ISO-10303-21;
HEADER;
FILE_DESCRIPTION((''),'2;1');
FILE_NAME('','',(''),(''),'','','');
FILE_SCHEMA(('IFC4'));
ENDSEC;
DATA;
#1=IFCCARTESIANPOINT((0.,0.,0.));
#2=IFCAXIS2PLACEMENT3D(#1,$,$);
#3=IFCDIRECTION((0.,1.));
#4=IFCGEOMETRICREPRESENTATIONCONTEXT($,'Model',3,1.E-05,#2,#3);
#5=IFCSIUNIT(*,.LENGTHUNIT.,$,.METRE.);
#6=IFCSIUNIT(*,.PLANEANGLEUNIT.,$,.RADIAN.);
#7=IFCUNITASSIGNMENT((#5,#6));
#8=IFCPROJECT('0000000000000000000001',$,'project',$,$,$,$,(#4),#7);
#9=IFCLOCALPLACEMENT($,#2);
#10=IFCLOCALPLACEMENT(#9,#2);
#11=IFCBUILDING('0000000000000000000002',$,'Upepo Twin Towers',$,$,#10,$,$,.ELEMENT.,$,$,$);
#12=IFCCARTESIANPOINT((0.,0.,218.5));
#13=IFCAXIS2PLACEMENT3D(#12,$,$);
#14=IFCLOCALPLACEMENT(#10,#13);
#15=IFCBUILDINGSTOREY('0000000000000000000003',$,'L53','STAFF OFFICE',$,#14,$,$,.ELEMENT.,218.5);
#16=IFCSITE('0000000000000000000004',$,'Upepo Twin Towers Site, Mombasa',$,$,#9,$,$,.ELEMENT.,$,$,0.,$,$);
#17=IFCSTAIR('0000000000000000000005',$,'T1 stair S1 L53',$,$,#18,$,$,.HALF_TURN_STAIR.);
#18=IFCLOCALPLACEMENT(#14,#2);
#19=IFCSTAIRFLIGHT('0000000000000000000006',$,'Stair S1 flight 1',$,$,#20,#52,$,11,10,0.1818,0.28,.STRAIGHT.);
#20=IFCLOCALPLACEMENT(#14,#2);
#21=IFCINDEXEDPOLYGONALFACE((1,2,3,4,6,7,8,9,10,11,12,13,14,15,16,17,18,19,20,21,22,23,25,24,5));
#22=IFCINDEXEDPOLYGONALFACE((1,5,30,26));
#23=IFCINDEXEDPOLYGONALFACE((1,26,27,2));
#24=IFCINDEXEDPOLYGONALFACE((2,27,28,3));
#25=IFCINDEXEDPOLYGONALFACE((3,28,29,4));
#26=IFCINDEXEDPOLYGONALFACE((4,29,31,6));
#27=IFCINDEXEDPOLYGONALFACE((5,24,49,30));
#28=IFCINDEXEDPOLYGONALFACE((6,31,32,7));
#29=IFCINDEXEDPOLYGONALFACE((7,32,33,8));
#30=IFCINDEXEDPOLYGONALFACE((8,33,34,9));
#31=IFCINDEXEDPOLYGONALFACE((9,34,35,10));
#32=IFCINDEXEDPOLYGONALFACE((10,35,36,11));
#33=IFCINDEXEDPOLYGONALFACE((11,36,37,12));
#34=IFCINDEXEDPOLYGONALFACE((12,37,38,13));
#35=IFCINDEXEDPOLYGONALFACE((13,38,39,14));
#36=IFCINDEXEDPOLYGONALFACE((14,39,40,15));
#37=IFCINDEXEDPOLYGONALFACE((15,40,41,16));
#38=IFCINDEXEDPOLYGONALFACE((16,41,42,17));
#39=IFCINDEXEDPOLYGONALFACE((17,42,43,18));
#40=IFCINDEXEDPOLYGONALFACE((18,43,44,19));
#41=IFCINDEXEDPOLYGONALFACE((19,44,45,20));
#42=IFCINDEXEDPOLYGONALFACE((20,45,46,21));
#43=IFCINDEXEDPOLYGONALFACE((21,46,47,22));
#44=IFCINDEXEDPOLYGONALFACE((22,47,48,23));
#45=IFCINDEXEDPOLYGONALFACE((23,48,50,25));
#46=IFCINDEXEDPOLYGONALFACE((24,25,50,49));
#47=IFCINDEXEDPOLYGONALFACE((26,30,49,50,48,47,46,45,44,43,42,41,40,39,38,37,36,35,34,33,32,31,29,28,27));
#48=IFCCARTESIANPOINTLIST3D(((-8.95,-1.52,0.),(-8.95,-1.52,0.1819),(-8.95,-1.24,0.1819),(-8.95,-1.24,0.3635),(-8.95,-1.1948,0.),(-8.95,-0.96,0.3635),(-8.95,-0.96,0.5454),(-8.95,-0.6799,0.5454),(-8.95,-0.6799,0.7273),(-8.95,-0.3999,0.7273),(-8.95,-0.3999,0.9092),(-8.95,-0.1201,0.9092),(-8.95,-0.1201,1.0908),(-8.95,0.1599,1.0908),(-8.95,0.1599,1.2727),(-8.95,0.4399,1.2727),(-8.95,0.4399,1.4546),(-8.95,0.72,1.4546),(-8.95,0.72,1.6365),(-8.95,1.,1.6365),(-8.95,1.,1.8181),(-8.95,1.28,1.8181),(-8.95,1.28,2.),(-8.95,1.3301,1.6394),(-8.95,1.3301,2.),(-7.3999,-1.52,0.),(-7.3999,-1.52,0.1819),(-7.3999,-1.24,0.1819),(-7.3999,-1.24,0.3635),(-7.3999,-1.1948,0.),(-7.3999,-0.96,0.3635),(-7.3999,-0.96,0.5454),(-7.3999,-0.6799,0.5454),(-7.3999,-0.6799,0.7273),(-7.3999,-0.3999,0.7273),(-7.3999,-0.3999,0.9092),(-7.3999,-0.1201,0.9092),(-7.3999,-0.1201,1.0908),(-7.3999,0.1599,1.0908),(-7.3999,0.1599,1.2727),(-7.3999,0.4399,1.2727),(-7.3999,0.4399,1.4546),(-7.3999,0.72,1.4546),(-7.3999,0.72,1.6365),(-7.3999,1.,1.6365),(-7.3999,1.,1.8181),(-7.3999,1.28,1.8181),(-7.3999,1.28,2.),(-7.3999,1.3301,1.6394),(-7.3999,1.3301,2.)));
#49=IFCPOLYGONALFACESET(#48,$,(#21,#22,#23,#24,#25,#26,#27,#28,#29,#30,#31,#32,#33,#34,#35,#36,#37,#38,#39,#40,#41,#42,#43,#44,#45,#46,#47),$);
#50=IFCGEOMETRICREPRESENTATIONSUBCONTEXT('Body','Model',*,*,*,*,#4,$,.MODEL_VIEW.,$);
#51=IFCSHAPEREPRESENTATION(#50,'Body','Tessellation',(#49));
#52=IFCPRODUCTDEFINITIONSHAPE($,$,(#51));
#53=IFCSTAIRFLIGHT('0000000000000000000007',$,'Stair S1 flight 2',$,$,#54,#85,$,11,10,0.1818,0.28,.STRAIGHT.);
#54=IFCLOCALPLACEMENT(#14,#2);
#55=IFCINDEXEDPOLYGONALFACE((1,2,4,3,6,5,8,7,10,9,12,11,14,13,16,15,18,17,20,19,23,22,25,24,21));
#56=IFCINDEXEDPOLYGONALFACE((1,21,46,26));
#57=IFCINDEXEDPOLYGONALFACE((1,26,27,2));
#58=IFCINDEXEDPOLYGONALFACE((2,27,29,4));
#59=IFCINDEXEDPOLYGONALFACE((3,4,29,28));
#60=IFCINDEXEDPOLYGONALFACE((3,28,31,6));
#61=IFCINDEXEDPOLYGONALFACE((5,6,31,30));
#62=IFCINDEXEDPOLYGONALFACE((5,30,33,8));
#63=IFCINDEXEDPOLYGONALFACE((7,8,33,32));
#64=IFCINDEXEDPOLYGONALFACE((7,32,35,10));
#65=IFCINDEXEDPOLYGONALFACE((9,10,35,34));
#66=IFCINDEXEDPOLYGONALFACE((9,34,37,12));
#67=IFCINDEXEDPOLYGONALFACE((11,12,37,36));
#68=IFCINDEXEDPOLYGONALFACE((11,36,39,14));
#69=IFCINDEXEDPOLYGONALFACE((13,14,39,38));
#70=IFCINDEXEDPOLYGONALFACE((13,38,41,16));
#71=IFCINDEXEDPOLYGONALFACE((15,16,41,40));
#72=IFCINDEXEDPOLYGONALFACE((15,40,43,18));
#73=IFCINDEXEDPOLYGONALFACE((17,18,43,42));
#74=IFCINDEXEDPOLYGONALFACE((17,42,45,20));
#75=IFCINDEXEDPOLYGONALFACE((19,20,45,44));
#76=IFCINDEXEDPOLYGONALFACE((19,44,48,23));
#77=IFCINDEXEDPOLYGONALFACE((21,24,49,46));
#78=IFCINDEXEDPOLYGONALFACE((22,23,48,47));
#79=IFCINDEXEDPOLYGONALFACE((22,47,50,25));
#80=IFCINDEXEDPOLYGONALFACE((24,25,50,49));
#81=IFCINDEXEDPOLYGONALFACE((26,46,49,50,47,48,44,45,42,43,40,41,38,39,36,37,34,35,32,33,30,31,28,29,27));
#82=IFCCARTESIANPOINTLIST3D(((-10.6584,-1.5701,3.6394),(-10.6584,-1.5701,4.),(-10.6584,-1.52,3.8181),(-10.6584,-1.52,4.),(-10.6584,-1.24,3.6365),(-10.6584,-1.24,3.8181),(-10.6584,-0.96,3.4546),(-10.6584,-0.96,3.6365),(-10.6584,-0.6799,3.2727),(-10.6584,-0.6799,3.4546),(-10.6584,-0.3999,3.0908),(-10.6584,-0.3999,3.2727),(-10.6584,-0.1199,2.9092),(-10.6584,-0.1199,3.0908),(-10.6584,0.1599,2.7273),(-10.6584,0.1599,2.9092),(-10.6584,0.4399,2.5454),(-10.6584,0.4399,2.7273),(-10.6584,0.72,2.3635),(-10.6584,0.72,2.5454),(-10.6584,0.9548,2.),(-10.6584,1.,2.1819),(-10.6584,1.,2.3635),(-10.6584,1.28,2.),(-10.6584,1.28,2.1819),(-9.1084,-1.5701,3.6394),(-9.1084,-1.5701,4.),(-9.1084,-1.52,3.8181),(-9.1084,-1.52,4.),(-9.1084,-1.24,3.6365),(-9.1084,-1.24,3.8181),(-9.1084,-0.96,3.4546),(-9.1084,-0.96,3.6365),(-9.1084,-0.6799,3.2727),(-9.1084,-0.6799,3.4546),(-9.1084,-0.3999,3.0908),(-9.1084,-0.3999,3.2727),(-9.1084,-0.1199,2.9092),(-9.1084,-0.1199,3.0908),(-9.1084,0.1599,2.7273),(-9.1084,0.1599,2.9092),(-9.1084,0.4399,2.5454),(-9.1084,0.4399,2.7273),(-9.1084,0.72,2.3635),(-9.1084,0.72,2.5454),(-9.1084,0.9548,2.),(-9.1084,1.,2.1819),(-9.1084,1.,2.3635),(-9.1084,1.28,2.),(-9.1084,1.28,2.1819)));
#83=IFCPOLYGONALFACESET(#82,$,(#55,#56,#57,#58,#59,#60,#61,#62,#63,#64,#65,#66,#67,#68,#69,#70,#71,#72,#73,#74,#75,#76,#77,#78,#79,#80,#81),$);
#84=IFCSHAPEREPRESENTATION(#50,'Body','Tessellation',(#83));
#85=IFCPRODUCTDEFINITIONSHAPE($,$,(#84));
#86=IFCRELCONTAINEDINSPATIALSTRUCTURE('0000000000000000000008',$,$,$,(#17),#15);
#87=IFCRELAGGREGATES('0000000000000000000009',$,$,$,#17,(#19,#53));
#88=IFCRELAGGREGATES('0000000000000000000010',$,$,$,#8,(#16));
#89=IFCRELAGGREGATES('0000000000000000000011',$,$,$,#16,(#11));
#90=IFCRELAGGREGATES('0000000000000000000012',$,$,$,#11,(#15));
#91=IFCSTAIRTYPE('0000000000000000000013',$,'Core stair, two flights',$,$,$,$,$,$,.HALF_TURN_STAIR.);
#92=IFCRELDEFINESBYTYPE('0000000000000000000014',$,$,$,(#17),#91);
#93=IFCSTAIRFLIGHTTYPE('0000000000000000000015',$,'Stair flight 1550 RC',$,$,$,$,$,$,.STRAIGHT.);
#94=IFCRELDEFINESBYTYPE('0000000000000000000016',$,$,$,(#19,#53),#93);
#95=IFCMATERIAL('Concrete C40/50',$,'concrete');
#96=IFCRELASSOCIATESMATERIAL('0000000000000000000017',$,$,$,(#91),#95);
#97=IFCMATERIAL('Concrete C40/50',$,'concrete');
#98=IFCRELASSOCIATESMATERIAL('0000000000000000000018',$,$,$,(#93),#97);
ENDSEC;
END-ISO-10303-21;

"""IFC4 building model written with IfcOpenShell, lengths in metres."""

from ifc_helpers import new_model, si_unit, direction, frame, origin, place, context, subcontext, project, spatial, polyline, outline, extrude, material, type_object, element, aggregate, save


model = new_model("IFC4")

# Units and contexts
model_context = context("Model", 3, precision=1e-05, world=origin(), true_north=direction((0.0, 1.0)))
body_context = subcontext(model_context, "Body", "Model", "MODEL_VIEW")
ifc_project = project(units=[si_unit("LENGTHUNIT", "METRE"), si_unit("PLANEANGLEUNIT", "RADIAN")], contexts=[model_context])

# Site, building, storey
site_placement = place(None, origin())
site = spatial("IfcSite", under=ifc_project, at=site_placement, Name="Upepo Twin Towers Site, Mombasa", CompositionType="ELEMENT", RefElevation=0.0)
building_placement = place(site_placement, origin())
building = spatial("IfcBuilding", under=site, at=building_placement, Name="Upepo Twin Towers", CompositionType="ELEMENT")
storey_placement = place(building_placement, frame((0.0, 0.0, 218.5)))
storey = spatial("IfcBuildingStorey", under=building, at=storey_placement, Name="L53", Description="STAFF OFFICE", CompositionType="ELEMENT", Elevation=218.5)

# Stair, stair flights
ifc_material_1 = material(Name="Concrete C40/50", Category="concrete")
stair_type = type_object("IfcStairType", Name="Core stair, two flights", PredefinedType="HALF_TURN_STAIR", material=ifc_material_1)
stair_placement = place(storey_placement, origin())
stair = element("IfcStair", 1, at=stair_placement, inside=storey, type_object=stair_type, Name="T1 stair S1 L53", PredefinedType="HALF_TURN_STAIR")
ifc_material_2 = material(Name="Concrete C40/50", Category="concrete")
stair_flight_type = type_object("IfcStairFlightType", Name="Stair flight 1550 RC", PredefinedType="STRAIGHT", material=ifc_material_2)
stair_flight_1_placement = place(storey_placement, frame((-8.175, -1.52, 0.0), z_axis=(0.0, 0.0, 1.0), x_axis=(0.0, 1.0, 0.0)))
stair_flight_1 = element("IfcStairFlight", 2, at=stair_flight_1_placement, type_object=stair_flight_type, Name="Stair S1 flight 1", NumberOfRisers=11, NumberOfTreads=10, PredefinedType="STRAIGHT", RiserHeight=0.1818, TreadLength=0.28, context=body_context, shape_type="SweptSolid", body=[
    extrude(outline(polyline([(0.0, 0.0), (0.0, 0.1819), (0.28, 0.1819), (0.28, 0.3635), (0.5601, 0.3635), (0.5601, 0.5454), (0.8401, 0.5454), (0.8401, 0.7273), (1.1201, 0.7273), (1.1201, 0.9092), (1.3999, 0.9092), (1.3999, 1.0908), (1.6799, 1.0908), (1.6799, 1.2727), (1.96, 1.2727), (1.96, 1.4546), (2.24, 1.4546), (2.24, 1.6365), (2.52, 1.6365), (2.52, 1.8181), (2.8, 1.8181), (2.8, 2.0), (2.8501, 2.0), (2.8501, 1.6394), (0.3252, 0.0), (0.0, 0.0)])), frame((0.0, 0.7749, 0.0), z_axis=(0.0, -1.0, 0.0), x_axis=(1.0, 0.0, 0.0)), (0.0, 0.0, 1.0), 1.55),
])
stair_flight_2_placement = place(storey_placement, frame((-9.8833, 1.28, 2.0), z_axis=(0.0, 0.0, 1.0), x_axis=(0.0, -1.0, 0.0)))
stair_flight_2 = element("IfcStairFlight", 3, at=stair_flight_2_placement, type_object=stair_flight_type, Name="Stair S1 flight 2", NumberOfRisers=11, NumberOfTreads=10, PredefinedType="STRAIGHT", RiserHeight=0.1818, TreadLength=0.28, context=body_context, shape_type="SweptSolid", body=[
    extrude(outline(polyline([(0.0, 0.0), (0.0, 0.1819), (0.28, 0.1819), (0.28, 0.3635), (0.5601, 0.3635), (0.5601, 0.5454), (0.8401, 0.5454), (0.8401, 0.7273), (1.1201, 0.7273), (1.1201, 0.9092), (1.3999, 0.9092), (1.3999, 1.0908), (1.6799, 1.0908), (1.6799, 1.2727), (1.96, 1.2727), (1.96, 1.4546), (2.24, 1.4546), (2.24, 1.6365), (2.52, 1.6365), (2.52, 1.8181), (2.8, 1.8181), (2.8, 2.0), (2.8501, 2.0), (2.8501, 1.6394), (0.3252, 0.0), (0.0, 0.0)])), frame((0.0, 0.7749, 0.0), z_axis=(0.0, -1.0, 0.0), x_axis=(1.0, 0.0, 0.0)), (0.0, 0.0, 1.0), 1.55),
])
aggregate(stair, [stair_flight_1, stair_flight_2])

save(model, "model.ifc")
